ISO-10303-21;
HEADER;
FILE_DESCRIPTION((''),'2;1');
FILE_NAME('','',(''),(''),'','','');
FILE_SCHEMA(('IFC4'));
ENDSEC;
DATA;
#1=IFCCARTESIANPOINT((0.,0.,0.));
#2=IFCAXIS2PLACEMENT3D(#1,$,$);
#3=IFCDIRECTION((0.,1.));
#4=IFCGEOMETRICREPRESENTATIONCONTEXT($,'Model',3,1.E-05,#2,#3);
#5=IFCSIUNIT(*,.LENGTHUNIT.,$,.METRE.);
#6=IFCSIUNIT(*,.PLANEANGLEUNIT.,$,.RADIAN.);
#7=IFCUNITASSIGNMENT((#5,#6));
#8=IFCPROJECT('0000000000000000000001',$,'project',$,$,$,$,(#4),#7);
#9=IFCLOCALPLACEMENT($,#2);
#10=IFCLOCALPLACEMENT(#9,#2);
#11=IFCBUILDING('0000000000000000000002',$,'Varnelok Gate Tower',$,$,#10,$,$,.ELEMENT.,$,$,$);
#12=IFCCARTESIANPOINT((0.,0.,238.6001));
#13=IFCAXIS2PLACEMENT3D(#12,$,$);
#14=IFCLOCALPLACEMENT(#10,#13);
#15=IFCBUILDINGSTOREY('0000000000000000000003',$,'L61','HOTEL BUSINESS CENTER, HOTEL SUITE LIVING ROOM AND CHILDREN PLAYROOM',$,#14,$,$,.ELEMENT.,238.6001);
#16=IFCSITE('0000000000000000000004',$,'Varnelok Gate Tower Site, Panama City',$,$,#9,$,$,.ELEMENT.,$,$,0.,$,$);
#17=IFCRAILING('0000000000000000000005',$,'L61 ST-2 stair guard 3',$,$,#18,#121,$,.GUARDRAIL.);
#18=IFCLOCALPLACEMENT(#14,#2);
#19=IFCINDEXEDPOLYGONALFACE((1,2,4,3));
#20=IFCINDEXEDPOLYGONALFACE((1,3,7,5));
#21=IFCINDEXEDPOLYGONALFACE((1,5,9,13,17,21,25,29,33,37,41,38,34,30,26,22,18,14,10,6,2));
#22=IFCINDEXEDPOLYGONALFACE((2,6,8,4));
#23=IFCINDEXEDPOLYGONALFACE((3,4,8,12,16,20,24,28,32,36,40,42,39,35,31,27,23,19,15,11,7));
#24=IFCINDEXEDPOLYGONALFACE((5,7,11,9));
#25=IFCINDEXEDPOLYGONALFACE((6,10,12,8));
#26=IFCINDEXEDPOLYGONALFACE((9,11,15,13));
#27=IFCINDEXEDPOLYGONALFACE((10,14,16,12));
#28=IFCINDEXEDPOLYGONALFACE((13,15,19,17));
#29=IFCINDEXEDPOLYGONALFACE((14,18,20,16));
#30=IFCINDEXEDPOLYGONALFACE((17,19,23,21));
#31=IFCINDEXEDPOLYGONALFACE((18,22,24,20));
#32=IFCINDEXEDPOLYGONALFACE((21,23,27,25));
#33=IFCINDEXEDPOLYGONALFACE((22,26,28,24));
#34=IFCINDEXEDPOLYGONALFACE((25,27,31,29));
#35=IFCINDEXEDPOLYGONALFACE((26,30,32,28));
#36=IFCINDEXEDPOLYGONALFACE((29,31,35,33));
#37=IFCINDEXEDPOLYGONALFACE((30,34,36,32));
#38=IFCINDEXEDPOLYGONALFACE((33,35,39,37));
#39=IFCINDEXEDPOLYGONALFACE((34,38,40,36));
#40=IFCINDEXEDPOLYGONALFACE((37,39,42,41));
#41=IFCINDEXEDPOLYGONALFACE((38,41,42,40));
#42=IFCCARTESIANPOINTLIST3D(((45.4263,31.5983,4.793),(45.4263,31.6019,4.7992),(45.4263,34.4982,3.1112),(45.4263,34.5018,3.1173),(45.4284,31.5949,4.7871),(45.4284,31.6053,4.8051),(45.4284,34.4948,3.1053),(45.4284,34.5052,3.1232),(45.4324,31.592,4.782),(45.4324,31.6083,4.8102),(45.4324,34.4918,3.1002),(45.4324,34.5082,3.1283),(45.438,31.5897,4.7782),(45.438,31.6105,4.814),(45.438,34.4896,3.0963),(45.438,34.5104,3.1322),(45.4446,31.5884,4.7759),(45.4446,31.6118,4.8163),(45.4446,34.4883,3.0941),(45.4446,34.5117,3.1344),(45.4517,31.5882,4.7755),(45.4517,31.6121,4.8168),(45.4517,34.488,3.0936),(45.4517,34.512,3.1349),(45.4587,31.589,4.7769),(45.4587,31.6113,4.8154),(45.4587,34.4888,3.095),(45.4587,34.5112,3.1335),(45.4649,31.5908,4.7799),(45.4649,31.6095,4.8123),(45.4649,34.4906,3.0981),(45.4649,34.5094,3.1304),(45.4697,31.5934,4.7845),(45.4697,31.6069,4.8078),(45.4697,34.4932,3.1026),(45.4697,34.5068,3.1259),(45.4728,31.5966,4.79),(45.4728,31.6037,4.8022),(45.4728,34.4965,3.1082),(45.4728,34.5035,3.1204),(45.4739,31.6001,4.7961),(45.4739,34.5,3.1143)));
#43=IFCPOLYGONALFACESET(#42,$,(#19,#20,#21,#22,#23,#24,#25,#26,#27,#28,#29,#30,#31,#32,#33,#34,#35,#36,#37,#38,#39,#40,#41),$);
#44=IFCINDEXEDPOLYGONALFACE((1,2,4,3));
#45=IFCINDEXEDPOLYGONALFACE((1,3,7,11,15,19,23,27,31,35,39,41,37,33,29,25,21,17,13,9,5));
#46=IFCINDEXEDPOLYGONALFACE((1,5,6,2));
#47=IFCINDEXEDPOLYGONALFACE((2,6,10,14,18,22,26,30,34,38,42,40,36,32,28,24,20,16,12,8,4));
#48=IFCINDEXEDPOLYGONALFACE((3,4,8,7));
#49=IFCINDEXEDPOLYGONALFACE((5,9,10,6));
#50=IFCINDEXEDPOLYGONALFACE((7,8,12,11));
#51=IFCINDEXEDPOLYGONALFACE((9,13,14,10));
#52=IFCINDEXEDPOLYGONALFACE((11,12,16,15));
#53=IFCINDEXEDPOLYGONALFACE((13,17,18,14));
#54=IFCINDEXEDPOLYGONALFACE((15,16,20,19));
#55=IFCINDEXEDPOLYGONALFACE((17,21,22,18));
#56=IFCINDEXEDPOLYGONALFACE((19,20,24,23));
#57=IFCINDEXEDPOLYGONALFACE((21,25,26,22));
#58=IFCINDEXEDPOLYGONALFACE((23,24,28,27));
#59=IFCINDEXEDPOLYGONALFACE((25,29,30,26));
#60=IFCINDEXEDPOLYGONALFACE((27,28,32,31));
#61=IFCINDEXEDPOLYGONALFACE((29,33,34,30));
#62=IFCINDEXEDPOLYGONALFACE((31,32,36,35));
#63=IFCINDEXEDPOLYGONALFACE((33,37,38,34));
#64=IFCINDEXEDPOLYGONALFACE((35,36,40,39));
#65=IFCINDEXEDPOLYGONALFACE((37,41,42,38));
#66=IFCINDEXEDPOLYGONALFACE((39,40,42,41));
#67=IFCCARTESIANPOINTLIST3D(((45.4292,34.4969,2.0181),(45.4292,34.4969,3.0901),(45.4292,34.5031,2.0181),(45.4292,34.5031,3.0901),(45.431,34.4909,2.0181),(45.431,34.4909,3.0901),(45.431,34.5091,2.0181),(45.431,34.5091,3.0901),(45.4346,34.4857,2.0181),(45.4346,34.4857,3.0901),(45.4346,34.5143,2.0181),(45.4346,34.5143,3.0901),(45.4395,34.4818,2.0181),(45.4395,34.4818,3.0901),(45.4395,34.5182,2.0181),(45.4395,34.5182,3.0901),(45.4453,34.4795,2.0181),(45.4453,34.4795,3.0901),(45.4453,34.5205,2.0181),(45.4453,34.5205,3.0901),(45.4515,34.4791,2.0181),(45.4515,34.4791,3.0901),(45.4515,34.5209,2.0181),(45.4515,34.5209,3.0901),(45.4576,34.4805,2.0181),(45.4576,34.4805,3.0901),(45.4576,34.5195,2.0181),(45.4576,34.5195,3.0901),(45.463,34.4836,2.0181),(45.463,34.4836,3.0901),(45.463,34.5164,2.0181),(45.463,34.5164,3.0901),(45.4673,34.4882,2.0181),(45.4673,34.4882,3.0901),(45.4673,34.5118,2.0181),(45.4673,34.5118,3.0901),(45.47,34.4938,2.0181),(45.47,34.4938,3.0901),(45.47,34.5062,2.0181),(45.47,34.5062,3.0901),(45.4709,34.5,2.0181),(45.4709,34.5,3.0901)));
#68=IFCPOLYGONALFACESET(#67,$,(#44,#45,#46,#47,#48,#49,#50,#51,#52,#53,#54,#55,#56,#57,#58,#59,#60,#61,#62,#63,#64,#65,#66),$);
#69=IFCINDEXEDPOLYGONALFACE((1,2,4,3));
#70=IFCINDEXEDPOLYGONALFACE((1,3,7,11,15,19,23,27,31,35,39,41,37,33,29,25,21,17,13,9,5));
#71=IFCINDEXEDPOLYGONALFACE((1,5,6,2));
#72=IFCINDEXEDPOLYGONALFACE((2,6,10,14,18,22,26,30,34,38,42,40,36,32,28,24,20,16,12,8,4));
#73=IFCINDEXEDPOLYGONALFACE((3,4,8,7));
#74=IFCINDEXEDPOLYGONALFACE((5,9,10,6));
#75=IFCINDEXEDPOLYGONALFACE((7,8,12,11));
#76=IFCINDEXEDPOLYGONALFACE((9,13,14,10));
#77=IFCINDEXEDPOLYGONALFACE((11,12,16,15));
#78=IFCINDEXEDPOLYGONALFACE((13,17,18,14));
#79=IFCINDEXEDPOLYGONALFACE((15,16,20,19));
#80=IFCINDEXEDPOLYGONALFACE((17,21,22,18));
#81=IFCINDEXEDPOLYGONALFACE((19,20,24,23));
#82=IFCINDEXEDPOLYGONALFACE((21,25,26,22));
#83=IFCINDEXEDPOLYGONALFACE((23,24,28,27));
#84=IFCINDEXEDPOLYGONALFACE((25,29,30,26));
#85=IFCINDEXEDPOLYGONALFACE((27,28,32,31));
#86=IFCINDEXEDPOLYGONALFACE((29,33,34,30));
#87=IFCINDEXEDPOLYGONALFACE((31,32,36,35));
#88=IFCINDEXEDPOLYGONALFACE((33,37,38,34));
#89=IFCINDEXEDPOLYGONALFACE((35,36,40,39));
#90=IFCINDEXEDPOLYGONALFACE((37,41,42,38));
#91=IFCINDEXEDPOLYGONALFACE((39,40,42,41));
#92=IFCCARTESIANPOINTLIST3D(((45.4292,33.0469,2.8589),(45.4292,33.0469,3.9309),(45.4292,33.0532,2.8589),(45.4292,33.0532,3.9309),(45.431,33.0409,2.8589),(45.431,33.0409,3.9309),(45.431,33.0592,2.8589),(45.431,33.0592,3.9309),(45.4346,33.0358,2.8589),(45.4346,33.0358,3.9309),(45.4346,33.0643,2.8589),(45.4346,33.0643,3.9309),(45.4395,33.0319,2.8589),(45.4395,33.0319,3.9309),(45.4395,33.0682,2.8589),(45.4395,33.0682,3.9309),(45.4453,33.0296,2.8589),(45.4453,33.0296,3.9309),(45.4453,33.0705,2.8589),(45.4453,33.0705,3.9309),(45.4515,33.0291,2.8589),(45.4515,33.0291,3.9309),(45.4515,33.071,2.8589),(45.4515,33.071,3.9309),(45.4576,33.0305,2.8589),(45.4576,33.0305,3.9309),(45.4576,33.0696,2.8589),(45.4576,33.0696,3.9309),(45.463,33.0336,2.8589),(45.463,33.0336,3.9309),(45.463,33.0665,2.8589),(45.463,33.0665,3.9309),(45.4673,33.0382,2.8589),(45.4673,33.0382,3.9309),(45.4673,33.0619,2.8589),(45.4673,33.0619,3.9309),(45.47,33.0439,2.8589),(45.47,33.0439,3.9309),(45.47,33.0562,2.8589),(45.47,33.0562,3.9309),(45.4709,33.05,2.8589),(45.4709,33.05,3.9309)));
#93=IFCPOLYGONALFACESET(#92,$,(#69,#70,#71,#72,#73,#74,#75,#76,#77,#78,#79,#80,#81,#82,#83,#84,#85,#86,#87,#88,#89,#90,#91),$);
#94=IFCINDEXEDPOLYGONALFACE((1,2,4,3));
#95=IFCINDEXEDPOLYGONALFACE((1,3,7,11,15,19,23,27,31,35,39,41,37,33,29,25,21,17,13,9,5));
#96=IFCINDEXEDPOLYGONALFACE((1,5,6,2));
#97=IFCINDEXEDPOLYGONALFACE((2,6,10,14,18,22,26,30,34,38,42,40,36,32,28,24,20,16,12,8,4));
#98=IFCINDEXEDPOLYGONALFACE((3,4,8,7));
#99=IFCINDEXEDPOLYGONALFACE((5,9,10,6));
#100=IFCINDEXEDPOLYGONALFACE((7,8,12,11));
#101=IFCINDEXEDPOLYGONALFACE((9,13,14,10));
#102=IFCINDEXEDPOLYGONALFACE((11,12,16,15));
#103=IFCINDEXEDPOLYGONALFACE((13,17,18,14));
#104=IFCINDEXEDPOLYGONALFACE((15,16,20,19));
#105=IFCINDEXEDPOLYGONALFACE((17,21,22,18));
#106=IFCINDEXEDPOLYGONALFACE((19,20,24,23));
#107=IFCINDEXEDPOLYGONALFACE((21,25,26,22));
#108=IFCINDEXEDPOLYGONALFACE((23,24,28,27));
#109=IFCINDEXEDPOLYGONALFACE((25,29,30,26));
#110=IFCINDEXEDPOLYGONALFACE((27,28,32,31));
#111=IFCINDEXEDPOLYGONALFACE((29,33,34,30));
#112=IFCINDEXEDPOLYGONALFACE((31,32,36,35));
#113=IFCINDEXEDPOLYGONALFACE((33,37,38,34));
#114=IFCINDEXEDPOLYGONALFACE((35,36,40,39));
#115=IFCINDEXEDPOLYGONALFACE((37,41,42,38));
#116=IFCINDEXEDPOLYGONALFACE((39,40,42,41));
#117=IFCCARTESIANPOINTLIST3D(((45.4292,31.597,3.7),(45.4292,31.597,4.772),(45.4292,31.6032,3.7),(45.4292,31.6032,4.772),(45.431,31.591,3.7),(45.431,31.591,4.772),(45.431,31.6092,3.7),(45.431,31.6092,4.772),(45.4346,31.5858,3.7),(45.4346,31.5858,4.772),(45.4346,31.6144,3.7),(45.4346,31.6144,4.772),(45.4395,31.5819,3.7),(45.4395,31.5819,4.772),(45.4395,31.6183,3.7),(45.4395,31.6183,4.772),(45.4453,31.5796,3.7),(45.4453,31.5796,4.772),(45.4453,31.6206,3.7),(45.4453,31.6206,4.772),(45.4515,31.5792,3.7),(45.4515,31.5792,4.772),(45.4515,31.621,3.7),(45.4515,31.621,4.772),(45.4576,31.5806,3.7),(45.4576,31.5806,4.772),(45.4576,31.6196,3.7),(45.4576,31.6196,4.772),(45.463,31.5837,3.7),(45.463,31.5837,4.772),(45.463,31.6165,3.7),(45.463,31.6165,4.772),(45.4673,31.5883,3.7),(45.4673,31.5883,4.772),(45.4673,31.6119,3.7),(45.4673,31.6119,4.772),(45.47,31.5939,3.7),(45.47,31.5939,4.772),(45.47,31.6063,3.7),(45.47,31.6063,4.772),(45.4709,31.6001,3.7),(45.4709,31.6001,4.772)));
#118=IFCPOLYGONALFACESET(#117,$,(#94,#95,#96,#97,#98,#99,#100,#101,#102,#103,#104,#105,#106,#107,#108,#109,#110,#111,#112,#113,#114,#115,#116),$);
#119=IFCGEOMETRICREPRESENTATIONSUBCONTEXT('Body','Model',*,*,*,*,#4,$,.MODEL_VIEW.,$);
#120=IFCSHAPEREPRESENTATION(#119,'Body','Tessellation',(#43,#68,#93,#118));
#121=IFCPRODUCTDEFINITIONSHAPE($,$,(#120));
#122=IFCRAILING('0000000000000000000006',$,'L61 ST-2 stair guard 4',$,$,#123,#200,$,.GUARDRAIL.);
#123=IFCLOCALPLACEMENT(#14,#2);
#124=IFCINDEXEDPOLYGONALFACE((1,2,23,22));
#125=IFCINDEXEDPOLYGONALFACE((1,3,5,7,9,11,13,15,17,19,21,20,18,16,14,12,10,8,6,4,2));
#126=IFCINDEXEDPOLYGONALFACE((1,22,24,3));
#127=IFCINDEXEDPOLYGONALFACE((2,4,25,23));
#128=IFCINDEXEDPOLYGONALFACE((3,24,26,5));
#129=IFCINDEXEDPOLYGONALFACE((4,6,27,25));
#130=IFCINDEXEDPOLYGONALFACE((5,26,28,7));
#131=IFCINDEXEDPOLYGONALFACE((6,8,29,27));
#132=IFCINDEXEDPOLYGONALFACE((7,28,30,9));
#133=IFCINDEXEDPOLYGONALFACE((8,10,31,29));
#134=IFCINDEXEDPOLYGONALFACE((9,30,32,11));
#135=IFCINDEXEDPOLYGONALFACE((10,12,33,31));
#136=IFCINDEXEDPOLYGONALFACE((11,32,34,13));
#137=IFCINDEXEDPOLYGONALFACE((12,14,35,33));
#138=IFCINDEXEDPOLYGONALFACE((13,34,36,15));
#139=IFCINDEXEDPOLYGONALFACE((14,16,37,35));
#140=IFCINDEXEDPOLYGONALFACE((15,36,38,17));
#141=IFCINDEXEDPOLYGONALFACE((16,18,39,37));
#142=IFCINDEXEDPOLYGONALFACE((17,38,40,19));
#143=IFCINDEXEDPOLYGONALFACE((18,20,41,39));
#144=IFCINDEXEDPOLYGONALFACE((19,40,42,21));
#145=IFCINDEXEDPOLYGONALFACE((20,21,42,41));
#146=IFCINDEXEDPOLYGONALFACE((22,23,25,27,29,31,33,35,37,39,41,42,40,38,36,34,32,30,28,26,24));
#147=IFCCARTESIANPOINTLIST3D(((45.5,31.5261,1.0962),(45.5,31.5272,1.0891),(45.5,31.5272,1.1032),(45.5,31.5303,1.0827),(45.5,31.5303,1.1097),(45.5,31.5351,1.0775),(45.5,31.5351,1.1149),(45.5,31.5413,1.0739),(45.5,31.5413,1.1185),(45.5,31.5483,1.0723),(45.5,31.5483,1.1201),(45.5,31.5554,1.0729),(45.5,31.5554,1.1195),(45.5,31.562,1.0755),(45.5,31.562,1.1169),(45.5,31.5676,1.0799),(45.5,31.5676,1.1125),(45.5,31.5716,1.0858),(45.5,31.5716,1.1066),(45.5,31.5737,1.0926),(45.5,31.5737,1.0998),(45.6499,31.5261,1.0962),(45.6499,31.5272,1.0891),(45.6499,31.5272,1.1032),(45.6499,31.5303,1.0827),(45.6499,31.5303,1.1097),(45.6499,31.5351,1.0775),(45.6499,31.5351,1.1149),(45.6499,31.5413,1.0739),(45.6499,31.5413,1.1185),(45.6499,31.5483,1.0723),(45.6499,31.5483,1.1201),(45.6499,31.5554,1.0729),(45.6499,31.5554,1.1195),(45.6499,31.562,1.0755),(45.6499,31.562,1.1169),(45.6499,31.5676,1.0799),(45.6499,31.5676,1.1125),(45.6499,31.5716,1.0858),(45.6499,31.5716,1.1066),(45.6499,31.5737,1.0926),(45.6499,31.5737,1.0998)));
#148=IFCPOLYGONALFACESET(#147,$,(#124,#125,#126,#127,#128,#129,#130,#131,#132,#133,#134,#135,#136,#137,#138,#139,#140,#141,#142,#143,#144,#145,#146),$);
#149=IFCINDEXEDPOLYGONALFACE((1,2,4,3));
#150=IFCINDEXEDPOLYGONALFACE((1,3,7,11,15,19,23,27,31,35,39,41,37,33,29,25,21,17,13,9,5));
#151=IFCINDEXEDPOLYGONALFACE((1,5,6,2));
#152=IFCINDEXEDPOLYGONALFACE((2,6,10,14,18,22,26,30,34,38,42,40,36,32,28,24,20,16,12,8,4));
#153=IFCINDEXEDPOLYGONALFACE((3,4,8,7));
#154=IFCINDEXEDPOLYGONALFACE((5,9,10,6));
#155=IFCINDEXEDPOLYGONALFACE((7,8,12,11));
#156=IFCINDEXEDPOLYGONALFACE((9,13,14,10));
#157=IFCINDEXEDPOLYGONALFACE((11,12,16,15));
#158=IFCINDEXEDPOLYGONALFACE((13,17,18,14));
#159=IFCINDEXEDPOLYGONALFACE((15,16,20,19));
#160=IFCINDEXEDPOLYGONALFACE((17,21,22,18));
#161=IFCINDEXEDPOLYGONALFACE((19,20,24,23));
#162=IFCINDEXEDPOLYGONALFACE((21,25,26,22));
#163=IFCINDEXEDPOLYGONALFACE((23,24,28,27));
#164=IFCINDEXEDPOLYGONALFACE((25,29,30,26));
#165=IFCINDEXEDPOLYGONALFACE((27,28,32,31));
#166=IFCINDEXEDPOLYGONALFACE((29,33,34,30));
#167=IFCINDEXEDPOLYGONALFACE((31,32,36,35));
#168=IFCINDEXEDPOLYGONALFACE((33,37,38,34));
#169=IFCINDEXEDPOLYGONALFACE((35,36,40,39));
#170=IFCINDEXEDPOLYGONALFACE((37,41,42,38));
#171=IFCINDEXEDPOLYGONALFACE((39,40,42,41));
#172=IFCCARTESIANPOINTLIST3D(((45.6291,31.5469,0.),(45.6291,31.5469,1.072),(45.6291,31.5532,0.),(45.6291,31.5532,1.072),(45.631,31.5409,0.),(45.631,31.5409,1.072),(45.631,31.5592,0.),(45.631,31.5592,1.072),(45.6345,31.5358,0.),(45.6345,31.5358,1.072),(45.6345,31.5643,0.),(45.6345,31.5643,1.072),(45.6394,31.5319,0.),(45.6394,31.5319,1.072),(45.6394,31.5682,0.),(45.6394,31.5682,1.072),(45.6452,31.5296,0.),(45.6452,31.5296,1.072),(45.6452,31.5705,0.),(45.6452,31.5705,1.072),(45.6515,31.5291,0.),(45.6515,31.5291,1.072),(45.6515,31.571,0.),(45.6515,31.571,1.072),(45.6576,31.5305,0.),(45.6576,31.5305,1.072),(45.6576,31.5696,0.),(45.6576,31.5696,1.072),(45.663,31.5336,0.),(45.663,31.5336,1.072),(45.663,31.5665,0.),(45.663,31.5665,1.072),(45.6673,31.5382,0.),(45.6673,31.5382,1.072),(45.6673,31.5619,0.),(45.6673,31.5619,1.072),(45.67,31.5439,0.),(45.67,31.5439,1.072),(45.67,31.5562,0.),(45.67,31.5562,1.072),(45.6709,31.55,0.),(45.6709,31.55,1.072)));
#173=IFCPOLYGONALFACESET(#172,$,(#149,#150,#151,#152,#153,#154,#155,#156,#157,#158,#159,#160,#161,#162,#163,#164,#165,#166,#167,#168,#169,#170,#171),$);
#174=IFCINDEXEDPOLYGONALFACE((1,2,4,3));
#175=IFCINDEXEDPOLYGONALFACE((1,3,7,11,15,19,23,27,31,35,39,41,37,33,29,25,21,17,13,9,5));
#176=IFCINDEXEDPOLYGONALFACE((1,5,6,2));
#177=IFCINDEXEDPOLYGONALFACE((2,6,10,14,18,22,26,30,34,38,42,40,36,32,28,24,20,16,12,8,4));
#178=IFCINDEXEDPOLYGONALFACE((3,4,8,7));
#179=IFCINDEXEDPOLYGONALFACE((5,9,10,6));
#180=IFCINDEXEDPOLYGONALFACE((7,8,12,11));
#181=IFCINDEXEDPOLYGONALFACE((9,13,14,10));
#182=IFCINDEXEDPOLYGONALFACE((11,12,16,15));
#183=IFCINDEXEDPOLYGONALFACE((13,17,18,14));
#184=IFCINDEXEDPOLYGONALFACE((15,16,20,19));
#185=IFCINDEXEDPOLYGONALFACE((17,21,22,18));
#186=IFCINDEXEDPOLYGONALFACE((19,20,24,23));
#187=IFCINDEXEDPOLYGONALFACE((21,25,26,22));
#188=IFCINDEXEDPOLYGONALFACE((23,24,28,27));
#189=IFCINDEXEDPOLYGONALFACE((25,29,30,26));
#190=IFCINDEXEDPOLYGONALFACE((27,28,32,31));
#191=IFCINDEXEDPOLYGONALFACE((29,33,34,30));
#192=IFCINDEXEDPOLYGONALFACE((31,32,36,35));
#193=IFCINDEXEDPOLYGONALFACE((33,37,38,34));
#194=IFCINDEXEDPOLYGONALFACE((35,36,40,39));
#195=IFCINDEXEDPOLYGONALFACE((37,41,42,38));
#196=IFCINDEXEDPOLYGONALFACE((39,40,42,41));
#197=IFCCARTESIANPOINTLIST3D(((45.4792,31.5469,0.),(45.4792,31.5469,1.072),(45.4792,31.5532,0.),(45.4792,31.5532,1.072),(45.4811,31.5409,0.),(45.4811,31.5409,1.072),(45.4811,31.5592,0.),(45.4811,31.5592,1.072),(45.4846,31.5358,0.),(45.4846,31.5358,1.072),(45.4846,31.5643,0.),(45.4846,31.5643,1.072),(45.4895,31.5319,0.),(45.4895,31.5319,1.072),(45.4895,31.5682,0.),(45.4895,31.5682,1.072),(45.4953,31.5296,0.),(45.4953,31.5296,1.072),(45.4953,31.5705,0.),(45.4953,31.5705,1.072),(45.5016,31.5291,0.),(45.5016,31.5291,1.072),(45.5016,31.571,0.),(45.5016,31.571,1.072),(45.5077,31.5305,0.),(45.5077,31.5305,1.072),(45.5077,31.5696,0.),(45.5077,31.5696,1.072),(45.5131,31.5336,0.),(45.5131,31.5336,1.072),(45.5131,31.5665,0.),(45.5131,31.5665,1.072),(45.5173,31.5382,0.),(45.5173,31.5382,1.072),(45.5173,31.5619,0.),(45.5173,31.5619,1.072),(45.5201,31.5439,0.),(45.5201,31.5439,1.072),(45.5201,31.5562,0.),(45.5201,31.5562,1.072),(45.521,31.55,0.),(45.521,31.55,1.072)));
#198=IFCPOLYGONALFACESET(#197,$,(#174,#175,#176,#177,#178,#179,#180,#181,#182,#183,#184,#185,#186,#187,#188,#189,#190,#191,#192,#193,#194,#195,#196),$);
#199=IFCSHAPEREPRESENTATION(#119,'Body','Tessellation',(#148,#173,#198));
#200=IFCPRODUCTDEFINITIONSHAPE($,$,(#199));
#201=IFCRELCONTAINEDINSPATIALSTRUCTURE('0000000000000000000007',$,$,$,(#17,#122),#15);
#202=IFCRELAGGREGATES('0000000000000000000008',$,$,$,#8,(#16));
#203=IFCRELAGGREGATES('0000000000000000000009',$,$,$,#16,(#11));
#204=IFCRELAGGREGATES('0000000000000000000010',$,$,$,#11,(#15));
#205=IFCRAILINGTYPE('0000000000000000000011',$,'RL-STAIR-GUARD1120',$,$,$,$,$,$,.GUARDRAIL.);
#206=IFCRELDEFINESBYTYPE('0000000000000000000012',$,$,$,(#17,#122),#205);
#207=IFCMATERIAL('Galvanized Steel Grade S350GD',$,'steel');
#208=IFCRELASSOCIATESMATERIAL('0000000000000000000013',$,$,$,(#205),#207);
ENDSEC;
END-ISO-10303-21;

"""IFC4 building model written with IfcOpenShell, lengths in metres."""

from ifc_helpers import new_model, si_unit, direction, frame, origin, origin_2d, place, context, subcontext, project, spatial, circle, extrude, material, type_object, element, save


model = new_model("IFC4")

# Units and contexts
model_context = context("Model", 3, precision=1e-05, world=origin(), true_north=direction((0.0, 1.0)))
body_context = subcontext(model_context, "Body", "Model", "MODEL_VIEW")
ifc_project = project(units=[si_unit("LENGTHUNIT", "METRE"), si_unit("PLANEANGLEUNIT", "RADIAN")], contexts=[model_context])

# Site, building, storey
site_placement = place(None, origin())
site = spatial("IfcSite", under=ifc_project, at=site_placement, Name="Varnelok Gate Tower Site, Panama City", CompositionType="ELEMENT", RefElevation=0.0)
building_placement = place(site_placement, origin())
building = spatial("IfcBuilding", under=site, at=building_placement, Name="Varnelok Gate Tower", CompositionType="ELEMENT")
storey_placement = place(building_placement, frame((0.0, 0.0, 238.6001)))
storey = spatial("IfcBuildingStorey", under=building, at=storey_placement, Name="L61", Description="HOTEL BUSINESS CENTER, HOTEL SUITE LIVING ROOM AND CHILDREN PLAYROOM", CompositionType="ELEMENT", Elevation=238.6001)

# Shared definitions
ifc_material_1 = material(Name="Galvanized Steel Grade S350GD", Category="steel")

# Railings
railing_type_1 = type_object("IfcRailingType", Name="RL-STAIR-GUARD1120", PredefinedType="GUARDRAIL", material=ifc_material_1)
railing_1_placement = place(storey_placement, frame((45.45, 34.5, 2.0181)))
element("IfcRailing", 1, at=railing_1_placement, inside=storey, type_object=railing_type_1, Name="L61 ST-2 stair guard 3", PredefinedType="GUARDRAIL", context=body_context, shape_type="SweptSolid", body=[
    extrude(circle(Radius=0.0239, at=origin_2d()), frame((0.0, 0.0, 1.0962), z_axis=(0.0, -0.865039, 0.501705), x_axis=(1.0, 0.0, 0.0)), (0.0, 0.0, 1.0), 3.3523),
    extrude(circle(Radius=0.021, at=origin_2d()), origin(), (0.0, 0.0, 1.0), 1.072),
    extrude(circle(Radius=0.021, at=origin_2d()), frame((0.0, -1.45, 0.8408)), (0.0, 0.0, 1.0), 1.072),
    extrude(circle(Radius=0.021, at=origin_2d()), frame((0.0, -2.8999, 1.6819)), (0.0, 0.0, 1.0), 1.072),
])
railing_2_placement = place(storey_placement, frame((45.6499, 31.55, 0.0)))
element("IfcRailing", 2, at=railing_2_placement, inside=storey, type_object=railing_type_1, Name="L61 ST-2 stair guard 4", PredefinedType="GUARDRAIL", context=body_context, shape_type="SweptSolid", body=[
    extrude(circle(Radius=0.0239, at=origin_2d()), frame((0.0, 0.0, 1.0962), z_axis=(-1.0, 0.0, 0.0), x_axis=(0.0, -1.0, 0.0)), (0.0, 0.0, 1.0), 0.1499),
    extrude(circle(Radius=0.021, at=origin_2d()), origin(), (0.0, 0.0, 1.0), 1.072),
    extrude(circle(Radius=0.021, at=origin_2d()), frame((-0.1499, 0.0, 0.0)), (0.0, 0.0, 1.0), 1.072),
])

save(model, "model.ifc")
